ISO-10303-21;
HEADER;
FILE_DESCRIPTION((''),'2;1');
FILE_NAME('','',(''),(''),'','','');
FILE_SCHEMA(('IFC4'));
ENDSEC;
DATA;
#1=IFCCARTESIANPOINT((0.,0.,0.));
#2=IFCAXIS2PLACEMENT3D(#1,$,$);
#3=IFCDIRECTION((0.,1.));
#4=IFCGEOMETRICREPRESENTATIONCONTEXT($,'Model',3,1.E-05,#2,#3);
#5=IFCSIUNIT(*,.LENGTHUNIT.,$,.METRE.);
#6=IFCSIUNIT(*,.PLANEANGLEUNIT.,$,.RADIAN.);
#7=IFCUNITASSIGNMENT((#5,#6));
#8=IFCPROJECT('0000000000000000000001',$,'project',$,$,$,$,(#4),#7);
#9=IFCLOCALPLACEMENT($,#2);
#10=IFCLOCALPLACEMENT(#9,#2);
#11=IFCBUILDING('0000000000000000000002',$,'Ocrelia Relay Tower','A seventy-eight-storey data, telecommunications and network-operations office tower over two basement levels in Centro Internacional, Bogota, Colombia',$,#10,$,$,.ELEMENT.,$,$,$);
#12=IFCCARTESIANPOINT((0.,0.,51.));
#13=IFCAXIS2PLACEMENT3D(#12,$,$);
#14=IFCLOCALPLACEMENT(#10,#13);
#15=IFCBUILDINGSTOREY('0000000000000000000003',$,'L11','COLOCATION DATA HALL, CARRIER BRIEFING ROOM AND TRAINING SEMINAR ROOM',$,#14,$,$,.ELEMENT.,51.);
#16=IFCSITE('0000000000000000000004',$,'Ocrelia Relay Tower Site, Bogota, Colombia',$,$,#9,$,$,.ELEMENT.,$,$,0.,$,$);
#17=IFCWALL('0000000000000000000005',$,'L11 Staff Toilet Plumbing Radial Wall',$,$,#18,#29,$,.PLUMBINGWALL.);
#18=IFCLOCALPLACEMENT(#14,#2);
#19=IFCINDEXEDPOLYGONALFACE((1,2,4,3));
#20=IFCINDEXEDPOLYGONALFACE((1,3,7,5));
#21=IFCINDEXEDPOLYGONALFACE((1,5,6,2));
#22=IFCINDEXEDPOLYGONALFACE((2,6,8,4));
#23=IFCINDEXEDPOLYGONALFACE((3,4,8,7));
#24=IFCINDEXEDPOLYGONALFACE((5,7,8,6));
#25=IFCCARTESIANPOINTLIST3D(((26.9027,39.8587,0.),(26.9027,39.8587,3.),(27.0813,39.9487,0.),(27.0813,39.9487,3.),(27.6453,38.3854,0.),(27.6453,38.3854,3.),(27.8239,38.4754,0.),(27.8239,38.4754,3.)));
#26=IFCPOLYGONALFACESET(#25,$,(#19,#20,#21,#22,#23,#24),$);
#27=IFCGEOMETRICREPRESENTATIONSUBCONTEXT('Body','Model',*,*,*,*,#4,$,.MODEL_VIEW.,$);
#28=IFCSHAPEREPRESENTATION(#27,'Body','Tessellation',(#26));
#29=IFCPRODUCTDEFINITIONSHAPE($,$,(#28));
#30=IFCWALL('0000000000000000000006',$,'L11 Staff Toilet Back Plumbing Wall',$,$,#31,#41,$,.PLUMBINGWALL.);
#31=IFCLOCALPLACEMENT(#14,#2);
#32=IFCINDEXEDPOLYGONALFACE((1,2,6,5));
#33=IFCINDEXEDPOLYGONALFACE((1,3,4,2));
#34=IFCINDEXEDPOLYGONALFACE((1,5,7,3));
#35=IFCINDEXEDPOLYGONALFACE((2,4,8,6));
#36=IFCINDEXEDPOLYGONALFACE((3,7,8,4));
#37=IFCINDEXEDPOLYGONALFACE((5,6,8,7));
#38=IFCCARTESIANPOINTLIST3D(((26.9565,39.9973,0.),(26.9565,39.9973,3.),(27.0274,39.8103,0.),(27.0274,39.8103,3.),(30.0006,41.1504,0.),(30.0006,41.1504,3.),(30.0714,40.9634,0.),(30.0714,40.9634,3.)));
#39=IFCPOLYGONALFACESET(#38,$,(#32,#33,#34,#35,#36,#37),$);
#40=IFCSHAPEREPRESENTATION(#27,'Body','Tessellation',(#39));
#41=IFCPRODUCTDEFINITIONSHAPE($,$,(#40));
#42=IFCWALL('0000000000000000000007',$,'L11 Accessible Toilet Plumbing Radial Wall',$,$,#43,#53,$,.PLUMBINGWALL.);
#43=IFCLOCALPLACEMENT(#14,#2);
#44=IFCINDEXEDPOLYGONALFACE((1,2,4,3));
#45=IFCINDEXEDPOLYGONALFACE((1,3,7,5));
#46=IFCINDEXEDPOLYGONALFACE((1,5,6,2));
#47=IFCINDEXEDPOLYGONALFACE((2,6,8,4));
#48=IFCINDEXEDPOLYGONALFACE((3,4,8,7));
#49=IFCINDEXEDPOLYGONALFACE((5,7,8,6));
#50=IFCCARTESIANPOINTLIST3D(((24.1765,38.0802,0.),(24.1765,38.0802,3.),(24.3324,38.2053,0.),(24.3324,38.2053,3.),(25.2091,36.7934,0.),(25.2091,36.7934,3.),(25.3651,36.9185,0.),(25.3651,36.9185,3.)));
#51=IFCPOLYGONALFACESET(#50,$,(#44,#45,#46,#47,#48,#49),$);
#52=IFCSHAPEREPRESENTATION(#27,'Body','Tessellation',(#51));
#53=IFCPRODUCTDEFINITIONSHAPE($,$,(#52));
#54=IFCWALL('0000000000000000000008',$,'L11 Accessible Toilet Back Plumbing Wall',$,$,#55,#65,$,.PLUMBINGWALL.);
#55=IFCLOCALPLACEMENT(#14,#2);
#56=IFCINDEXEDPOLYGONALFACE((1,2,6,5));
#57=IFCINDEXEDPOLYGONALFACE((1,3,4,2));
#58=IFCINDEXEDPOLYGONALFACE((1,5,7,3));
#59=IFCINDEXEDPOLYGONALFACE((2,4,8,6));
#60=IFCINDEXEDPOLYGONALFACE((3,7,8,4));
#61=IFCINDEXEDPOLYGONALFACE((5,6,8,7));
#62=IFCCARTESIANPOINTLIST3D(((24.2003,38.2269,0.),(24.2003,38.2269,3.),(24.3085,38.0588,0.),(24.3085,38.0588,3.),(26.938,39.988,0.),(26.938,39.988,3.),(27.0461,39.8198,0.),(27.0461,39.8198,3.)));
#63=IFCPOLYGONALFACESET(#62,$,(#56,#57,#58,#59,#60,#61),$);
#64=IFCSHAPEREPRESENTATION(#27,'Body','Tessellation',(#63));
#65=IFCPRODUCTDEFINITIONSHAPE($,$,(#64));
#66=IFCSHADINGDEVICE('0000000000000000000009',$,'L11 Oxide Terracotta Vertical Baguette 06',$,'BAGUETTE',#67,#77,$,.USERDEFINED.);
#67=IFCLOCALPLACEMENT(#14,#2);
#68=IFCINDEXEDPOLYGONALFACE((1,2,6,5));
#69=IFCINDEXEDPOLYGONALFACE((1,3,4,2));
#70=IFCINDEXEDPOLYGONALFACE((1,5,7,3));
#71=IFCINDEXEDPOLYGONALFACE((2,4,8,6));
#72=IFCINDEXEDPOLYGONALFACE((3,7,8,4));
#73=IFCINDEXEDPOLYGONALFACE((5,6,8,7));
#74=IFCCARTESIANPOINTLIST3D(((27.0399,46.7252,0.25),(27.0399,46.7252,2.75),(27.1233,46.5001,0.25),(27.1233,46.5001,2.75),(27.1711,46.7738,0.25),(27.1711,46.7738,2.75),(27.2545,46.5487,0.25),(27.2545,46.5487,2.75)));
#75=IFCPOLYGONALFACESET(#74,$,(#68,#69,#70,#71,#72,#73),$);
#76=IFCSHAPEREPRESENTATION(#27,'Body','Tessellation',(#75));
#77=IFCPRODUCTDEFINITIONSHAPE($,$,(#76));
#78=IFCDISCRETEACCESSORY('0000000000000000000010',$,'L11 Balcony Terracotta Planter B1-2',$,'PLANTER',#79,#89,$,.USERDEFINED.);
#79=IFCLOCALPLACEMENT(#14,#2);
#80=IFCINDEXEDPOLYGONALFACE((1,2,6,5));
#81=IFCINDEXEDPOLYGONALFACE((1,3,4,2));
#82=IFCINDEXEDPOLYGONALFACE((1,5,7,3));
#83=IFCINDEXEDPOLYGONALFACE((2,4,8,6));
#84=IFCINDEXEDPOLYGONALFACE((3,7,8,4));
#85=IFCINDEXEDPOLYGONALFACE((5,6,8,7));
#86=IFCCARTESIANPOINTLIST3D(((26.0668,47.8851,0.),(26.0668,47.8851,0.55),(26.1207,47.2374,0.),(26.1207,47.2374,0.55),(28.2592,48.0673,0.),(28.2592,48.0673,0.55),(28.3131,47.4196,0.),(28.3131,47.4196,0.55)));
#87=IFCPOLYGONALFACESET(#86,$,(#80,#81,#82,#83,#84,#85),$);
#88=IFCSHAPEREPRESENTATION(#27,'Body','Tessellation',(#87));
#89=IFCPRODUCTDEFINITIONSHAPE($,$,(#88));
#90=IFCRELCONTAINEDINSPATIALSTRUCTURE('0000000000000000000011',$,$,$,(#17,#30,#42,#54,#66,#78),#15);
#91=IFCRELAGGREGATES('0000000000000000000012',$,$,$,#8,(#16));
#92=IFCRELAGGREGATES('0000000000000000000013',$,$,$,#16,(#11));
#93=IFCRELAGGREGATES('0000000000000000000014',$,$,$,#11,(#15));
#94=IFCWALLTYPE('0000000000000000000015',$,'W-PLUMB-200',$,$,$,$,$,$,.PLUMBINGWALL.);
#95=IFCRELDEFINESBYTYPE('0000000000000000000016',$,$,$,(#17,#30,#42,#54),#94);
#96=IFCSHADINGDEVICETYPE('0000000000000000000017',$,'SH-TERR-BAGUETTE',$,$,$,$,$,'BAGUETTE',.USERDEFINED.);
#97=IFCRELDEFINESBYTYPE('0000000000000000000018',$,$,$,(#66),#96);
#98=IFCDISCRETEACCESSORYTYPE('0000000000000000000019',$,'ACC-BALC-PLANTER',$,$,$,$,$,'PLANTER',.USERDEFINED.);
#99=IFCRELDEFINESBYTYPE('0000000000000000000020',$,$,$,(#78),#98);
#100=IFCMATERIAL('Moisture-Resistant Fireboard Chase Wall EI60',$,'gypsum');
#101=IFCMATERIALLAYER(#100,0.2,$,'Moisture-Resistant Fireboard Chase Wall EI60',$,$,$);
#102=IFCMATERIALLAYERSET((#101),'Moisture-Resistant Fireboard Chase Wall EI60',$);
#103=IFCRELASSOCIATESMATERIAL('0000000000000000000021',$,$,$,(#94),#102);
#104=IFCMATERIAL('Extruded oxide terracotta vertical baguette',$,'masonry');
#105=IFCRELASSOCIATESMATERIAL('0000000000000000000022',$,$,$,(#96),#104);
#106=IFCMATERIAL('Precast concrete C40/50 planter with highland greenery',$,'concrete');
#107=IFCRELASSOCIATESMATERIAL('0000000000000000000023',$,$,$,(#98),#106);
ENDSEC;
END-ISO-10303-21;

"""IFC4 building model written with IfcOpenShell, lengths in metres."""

from ifc_helpers import new_model, si_unit, direction, frame, frame_2d, origin, origin_2d, place, context, subcontext, project, spatial, rectangle, extrude, material, layer, layer_set, type_object, element, save


model = new_model("IFC4")

# Units and contexts
model_context = context("Model", 3, precision=1e-05, world=origin(), true_north=direction((0.0, 1.0)))
body_context = subcontext(model_context, "Body", "Model", "MODEL_VIEW")
ifc_project = project(units=[si_unit("LENGTHUNIT", "METRE"), si_unit("PLANEANGLEUNIT", "RADIAN")], contexts=[model_context])

# Site, building, storey
site_placement = place(None, origin())
site = spatial("IfcSite", under=ifc_project, at=site_placement, Name="Ocrelia Relay Tower Site, Bogota, Colombia", CompositionType="ELEMENT", RefElevation=0.0)
building_placement = place(site_placement, origin())
building = spatial("IfcBuilding", under=site, at=building_placement, Name="Ocrelia Relay Tower", Description="A seventy-eight-storey data, telecommunications and network-operations office tower over two basement levels in Centro Internacional, Bogota, Colombia", CompositionType="ELEMENT")
storey_placement = place(building_placement, frame((0.0, 0.0, 51.0)))
storey = spatial("IfcBuildingStorey", under=building, at=storey_placement, Name="L11", Description="COLOCATION DATA HALL, CARRIER BRIEFING ROOM AND TRAINING SEMINAR ROOM", CompositionType="ELEMENT", Elevation=51.0)

# Walls
ifc_material_1 = material(Name="Moisture-Resistant Fireboard Chase Wall EI60", Category="gypsum")
ifc_layer_1 = layer(ifc_material_1, 0.2, Name="Moisture-Resistant Fireboard Chase Wall EI60")
ifc_layer_set_1 = layer_set([ifc_layer_1], Name="Moisture-Resistant Fireboard Chase Wall EI60")
wall_type_1 = type_object("IfcWallType", Name="W-PLUMB-200", PredefinedType="PLUMBINGWALL", material=ifc_layer_set_1)
wall_1_placement = place(storey_placement, frame((27.7346, 38.4304, 0.0), z_axis=(0.0, 0.0, 1.0), x_axis=(-0.450111, 0.892972, 0.0)))
element("IfcWall", 1, at=wall_1_placement, inside=storey, type_object=wall_type_1, Name="L11 Staff Toilet Plumbing Radial Wall", PredefinedType="PLUMBINGWALL", context=body_context, shape_type="SweptSolid", body=[
    extrude(rectangle(XDim=1.6499, YDim=0.2, at=frame_2d((0.825, 0.0))), origin(), (0.0, 0.0, 1.0), 3.0),
])
wall_2_placement = place(storey_placement, frame((30.0359, 41.0569, 0.0), z_axis=(0.0, 0.0, 1.0), x_axis=(-0.935153, -0.354245, 0.0)))
element("IfcWall", 2, at=wall_2_placement, inside=storey, type_object=wall_type_1, Name="L11 Staff Toilet Back Plumbing Wall", PredefinedType="PLUMBINGWALL", context=body_context, shape_type="SweptSolid", body=[
    extrude(rectangle(XDim=3.2551, YDim=0.2, at=frame_2d((1.6274, 0.0))), origin(), (0.0, 0.0, 1.0), 3.0),
])
wall_3_placement = place(storey_placement, frame((25.2871, 36.856, 0.0), z_axis=(0.0, 0.0, 1.0), x_axis=(-0.625885, 0.779915, 0.0)))
element("IfcWall", 3, at=wall_3_placement, inside=storey, type_object=wall_type_1, Name="L11 Accessible Toilet Plumbing Radial Wall", PredefinedType="PLUMBINGWALL", context=body_context, shape_type="SweptSolid", body=[
    extrude(rectangle(XDim=1.6499, YDim=0.2, at=frame_2d((0.825, 0.0))), origin(), (0.0, 0.0, 1.0), 3.0),
])
wall_4_placement = place(storey_placement, frame((26.9919, 39.9038, 0.0), z_axis=(0.0, 0.0, 1.0), x_axis=(-0.84102, -0.541004, 0.0)))
element("IfcWall", 4, at=wall_4_placement, inside=storey, type_object=wall_type_1, Name="L11 Accessible Toilet Back Plumbing Wall", PredefinedType="PLUMBINGWALL", context=body_context, shape_type="SweptSolid", body=[
    extrude(rectangle(XDim=3.2551, YDim=0.2, at=frame_2d((1.6274, 0.0))), origin(), (0.0, 0.0, 1.0), 3.0),
])

# Shading device
ifc_material_2 = material(Name="Extruded oxide terracotta vertical baguette", Category="masonry")
shading_device_type = type_object("IfcShadingDeviceType", Name="SH-TERR-BAGUETTE", ElementType="BAGUETTE", PredefinedType="USERDEFINED", material=ifc_material_2)
shading_device_placement = place(storey_placement, frame((27.1472, 46.637, 0.25), z_axis=(0.0, 0.0, 1.0), x_axis=(-0.937696, -0.347457, 0.0)))
element("IfcShadingDevice", 5, at=shading_device_placement, inside=storey, type_object=shading_device_type, Name="L11 Oxide Terracotta Vertical Baguette 06", ObjectType="BAGUETTE", PredefinedType="USERDEFINED", context=body_context, shape_type="SweptSolid", body=[
    extrude(rectangle(XDim=0.1399, YDim=0.24, at=origin_2d()), origin(), (0.0, 0.0, 1.0), 2.5),
])

# Discrete accessory
ifc_material_3 = material(Name="Precast concrete C40/50 planter with highland greenery", Category="concrete")
discrete_accessory_type = type_object("IfcDiscreteAccessoryType", Name="ACC-BALC-PLANTER", ElementType="PLANTER", PredefinedType="USERDEFINED", material=ifc_material_3)
discrete_accessory_placement = place(storey_placement, frame((27.1899, 47.6523, 0.0), z_axis=(0.0, 0.0, 1.0), x_axis=(0.996564, 0.08282, 0.0)))
element("IfcDiscreteAccessory", 6, at=discrete_accessory_placement, inside=storey, type_object=discrete_accessory_type, Name="L11 Balcony Terracotta Planter B1-2", ObjectType="PLANTER", PredefinedType="USERDEFINED", context=body_context, shape_type="SweptSolid", body=[
    extrude(rectangle(XDim=2.2, YDim=0.6499, at=origin_2d()), origin(), (0.0, 0.0, 1.0), 0.55),
])

save(model, "model.ifc")
